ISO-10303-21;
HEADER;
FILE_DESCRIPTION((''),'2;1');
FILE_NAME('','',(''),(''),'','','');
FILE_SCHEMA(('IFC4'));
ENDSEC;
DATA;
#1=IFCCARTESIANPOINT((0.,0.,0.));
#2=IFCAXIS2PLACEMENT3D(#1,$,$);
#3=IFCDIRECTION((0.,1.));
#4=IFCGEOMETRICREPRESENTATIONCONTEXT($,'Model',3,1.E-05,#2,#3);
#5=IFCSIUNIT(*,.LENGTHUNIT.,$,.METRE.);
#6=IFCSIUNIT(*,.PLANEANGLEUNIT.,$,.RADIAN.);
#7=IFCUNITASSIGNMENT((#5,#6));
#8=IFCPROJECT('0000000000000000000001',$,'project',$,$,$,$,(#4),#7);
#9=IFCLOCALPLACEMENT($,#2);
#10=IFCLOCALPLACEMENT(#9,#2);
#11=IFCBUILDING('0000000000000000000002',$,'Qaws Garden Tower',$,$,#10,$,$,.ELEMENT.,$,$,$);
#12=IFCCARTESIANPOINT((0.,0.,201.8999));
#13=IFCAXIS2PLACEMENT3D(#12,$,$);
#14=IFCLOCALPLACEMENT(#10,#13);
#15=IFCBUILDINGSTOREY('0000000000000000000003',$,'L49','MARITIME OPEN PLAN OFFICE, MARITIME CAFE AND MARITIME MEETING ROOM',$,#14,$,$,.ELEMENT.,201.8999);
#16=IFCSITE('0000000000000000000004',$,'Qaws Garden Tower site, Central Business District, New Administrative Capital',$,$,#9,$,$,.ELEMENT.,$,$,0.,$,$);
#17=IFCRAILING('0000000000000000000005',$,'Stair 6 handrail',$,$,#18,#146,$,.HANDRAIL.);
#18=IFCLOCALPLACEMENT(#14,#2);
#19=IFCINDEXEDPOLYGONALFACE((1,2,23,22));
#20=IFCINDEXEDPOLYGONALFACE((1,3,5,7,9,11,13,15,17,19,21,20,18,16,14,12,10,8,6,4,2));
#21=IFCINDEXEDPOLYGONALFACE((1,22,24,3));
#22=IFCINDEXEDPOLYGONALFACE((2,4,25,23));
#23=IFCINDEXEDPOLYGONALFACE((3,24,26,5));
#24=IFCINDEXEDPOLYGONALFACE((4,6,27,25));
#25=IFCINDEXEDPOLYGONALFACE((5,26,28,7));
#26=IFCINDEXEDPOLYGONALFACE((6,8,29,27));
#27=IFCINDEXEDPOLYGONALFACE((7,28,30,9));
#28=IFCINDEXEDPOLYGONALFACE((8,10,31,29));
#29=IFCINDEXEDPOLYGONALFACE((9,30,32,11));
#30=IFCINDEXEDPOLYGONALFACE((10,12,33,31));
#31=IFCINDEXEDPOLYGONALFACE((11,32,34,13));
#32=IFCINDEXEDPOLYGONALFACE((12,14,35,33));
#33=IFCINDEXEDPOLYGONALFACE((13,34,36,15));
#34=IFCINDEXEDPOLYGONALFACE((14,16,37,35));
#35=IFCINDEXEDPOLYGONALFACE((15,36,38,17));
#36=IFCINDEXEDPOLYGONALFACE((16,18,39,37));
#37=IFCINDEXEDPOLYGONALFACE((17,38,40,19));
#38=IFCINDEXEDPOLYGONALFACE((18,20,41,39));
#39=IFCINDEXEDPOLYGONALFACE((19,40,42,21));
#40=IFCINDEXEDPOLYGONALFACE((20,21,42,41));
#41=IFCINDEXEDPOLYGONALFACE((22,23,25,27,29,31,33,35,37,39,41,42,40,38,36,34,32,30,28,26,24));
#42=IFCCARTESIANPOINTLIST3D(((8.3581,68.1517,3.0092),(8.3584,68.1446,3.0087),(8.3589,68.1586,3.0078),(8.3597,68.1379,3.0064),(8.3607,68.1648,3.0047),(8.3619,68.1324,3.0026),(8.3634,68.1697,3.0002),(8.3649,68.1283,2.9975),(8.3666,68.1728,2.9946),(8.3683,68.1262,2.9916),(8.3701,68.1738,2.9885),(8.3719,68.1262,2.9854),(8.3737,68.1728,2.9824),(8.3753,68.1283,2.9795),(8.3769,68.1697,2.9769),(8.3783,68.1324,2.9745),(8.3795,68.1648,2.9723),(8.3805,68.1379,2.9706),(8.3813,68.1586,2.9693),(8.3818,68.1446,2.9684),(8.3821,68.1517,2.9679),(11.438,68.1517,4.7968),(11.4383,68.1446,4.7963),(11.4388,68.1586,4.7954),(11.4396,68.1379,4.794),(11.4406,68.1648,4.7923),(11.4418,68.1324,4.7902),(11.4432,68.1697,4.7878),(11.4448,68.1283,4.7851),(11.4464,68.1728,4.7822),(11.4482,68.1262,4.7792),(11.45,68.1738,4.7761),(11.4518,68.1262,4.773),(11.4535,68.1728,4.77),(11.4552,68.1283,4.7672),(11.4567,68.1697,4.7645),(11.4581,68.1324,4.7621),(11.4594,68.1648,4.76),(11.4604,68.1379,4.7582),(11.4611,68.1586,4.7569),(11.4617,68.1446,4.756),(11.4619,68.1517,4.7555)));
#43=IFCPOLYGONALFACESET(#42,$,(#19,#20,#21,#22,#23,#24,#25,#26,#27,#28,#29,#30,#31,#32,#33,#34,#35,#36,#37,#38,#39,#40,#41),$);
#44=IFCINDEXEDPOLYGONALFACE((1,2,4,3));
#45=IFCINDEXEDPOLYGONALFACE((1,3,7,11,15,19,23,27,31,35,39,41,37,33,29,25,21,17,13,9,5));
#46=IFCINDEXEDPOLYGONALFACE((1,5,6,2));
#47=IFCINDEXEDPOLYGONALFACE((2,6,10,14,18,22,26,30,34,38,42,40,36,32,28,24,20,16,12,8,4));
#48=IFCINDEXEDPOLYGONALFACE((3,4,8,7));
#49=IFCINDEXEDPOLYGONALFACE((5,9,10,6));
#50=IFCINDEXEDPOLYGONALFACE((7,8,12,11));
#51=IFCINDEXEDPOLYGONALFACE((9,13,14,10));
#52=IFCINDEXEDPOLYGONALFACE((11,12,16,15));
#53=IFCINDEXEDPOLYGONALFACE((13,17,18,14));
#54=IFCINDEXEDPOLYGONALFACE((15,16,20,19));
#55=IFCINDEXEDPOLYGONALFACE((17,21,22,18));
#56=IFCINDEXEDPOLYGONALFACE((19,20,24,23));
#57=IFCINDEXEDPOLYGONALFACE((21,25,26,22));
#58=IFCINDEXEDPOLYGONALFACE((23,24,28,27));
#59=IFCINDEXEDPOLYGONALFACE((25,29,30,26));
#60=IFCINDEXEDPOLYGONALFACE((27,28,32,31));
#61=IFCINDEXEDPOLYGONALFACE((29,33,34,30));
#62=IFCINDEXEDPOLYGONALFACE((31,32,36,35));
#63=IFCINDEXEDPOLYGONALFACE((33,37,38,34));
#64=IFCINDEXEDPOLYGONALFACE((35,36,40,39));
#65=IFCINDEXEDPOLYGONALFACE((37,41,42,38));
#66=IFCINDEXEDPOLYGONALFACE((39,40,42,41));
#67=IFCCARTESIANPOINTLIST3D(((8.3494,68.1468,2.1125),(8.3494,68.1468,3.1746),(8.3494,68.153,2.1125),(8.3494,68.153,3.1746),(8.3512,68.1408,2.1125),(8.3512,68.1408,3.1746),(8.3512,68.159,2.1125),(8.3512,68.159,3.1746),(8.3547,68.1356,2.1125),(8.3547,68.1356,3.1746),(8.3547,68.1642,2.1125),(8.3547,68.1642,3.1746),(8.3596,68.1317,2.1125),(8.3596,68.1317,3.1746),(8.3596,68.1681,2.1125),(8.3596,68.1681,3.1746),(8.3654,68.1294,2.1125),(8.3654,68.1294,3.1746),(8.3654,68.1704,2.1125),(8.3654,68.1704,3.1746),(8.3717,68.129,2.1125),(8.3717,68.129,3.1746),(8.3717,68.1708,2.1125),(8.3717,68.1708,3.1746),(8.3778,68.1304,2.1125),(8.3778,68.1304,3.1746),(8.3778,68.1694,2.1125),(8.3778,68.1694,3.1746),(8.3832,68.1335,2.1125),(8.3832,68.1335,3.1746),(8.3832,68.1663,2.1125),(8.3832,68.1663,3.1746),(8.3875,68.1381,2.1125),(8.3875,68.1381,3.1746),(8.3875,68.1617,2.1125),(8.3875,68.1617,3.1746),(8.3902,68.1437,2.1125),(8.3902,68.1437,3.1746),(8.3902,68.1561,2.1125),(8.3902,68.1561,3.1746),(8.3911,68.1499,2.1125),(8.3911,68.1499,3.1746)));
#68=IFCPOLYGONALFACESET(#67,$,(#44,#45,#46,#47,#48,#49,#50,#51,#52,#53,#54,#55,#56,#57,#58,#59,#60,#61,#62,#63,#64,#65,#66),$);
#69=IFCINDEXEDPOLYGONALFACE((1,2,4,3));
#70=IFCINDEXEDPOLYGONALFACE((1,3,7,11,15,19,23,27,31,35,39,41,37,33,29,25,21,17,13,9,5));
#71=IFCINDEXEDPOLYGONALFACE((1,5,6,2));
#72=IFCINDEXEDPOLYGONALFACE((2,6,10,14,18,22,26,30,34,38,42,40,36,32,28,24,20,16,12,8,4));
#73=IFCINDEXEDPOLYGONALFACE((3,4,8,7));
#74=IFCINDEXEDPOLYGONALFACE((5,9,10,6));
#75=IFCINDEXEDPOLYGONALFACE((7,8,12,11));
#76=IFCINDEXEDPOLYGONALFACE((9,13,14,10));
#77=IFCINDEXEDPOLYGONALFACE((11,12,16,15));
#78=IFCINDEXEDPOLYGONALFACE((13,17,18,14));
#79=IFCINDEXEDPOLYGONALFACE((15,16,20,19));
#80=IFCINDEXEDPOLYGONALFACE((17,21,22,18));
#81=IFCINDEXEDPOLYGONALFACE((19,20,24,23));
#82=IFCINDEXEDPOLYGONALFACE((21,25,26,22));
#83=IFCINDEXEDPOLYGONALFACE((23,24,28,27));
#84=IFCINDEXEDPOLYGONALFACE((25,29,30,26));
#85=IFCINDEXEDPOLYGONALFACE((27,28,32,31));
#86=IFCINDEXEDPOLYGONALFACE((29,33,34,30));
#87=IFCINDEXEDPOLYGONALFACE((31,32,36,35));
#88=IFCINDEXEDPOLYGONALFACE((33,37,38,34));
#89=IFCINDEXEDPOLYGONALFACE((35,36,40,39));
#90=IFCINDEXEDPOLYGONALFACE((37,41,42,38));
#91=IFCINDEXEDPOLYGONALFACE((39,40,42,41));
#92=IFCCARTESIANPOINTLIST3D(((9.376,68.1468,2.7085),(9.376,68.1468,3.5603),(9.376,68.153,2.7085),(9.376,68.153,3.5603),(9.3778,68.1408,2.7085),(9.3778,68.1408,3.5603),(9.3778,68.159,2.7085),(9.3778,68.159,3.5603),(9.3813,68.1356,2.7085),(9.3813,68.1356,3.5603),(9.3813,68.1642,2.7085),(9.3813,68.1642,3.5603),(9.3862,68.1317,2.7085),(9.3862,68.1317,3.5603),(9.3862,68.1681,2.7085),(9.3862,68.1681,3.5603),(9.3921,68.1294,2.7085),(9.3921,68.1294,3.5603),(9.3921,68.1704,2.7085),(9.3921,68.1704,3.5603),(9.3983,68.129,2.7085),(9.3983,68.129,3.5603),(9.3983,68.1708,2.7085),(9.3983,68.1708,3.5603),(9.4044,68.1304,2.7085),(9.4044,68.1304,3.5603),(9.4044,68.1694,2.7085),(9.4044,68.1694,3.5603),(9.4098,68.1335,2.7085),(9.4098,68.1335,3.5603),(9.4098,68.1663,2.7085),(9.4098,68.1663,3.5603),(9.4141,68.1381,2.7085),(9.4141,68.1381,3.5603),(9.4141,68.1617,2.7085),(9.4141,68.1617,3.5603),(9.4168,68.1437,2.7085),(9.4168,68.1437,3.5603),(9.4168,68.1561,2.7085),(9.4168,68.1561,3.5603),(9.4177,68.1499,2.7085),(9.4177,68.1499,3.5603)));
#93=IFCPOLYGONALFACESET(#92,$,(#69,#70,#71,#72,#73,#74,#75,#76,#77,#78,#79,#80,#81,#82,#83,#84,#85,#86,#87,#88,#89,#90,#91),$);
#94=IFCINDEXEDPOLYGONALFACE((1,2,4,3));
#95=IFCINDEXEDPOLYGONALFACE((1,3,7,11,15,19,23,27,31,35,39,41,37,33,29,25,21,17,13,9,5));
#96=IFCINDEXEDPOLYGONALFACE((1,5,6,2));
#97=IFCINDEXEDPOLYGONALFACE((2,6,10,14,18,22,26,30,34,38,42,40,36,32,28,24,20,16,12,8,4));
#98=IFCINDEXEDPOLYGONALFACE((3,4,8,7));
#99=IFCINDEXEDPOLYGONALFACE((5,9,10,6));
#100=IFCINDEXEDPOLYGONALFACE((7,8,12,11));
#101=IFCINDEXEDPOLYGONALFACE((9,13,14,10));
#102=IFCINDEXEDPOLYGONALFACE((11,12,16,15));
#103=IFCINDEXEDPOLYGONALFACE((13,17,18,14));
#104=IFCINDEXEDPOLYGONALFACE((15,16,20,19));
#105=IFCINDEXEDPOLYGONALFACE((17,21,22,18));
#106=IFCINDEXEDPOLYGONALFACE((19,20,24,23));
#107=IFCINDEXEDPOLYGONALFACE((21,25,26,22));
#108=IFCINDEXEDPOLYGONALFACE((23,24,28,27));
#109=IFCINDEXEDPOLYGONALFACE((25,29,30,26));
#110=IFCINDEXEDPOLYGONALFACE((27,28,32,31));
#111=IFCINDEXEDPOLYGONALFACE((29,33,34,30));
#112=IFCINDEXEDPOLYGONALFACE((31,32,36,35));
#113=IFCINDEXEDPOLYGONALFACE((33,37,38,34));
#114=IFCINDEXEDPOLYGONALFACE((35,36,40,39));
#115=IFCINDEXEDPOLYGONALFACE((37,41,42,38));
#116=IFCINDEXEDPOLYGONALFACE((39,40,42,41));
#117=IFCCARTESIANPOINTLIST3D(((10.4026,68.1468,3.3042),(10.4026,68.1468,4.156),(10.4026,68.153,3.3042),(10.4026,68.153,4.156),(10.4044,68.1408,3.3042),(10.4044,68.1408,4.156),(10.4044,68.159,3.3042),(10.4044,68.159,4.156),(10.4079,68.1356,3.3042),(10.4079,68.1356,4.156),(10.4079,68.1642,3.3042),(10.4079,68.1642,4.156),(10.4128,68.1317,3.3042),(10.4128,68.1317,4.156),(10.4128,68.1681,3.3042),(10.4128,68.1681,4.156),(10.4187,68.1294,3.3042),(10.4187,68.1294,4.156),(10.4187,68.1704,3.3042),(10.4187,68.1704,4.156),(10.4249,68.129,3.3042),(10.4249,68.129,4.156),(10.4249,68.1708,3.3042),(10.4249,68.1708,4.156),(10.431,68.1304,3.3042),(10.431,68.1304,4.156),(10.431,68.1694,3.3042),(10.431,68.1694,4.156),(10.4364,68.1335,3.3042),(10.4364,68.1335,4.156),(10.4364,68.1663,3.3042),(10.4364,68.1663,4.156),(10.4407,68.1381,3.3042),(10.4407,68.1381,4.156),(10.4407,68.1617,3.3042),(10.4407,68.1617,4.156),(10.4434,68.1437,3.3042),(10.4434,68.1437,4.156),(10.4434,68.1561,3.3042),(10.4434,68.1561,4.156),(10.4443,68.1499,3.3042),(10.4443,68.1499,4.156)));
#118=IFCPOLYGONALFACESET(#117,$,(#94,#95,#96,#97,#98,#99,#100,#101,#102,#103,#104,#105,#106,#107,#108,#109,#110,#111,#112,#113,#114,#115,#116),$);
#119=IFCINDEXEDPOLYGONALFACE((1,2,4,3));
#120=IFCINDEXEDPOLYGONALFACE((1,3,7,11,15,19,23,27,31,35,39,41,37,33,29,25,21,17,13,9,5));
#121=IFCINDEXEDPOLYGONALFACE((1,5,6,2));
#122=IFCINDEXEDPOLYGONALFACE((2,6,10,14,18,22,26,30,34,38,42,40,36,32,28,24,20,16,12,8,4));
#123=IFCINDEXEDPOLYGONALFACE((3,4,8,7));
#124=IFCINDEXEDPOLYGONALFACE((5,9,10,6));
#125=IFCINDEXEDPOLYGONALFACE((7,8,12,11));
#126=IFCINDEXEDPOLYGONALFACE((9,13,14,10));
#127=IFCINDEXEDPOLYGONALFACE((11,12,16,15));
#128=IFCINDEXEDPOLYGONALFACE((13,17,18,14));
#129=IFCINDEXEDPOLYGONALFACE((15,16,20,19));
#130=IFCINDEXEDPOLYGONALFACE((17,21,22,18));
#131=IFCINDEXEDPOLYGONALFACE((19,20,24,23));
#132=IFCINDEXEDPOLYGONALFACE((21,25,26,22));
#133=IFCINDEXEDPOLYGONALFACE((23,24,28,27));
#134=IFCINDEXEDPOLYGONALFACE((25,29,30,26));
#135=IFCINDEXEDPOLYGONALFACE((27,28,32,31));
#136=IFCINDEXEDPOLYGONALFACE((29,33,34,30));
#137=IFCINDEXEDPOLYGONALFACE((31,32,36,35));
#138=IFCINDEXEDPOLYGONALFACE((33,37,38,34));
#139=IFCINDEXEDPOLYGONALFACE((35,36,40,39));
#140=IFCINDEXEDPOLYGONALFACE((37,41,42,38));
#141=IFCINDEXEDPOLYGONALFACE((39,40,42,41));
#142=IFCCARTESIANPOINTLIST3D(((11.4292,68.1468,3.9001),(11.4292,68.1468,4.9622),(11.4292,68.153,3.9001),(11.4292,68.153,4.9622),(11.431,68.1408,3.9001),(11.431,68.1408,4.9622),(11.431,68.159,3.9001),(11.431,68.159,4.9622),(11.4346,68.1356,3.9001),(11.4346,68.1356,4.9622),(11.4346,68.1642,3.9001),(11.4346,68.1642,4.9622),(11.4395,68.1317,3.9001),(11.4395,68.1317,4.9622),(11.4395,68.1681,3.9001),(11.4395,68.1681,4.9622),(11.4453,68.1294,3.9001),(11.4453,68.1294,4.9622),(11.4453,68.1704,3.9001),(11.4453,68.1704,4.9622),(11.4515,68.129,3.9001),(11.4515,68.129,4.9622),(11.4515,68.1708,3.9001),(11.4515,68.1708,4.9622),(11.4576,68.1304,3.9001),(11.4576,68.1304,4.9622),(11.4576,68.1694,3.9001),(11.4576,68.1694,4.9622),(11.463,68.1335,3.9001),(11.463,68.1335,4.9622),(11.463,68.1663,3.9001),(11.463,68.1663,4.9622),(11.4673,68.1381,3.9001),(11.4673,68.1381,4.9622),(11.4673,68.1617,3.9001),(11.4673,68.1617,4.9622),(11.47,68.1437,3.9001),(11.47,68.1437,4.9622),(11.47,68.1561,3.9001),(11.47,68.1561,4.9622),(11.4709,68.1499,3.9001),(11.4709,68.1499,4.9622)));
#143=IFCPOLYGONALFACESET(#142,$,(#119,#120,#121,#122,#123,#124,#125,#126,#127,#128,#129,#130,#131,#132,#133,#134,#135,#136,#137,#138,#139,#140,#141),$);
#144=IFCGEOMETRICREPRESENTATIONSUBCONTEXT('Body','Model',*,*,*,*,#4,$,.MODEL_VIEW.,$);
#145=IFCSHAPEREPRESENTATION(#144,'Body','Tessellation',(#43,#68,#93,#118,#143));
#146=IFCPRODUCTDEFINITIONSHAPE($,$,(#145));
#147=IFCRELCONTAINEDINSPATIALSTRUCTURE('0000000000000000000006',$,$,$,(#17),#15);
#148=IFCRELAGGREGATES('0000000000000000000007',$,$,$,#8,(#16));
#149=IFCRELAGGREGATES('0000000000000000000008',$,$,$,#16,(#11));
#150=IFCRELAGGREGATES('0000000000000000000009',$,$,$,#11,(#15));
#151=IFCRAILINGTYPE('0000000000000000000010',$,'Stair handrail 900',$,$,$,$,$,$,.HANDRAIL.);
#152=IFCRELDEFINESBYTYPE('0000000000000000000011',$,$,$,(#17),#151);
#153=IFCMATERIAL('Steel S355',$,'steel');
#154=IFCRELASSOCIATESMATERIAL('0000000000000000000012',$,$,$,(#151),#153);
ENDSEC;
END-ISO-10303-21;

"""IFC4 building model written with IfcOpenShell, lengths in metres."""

from ifc_helpers import new_model, si_unit, direction, frame, origin, origin_2d, place, context, subcontext, project, spatial, circle, extrude, material, type_object, element, save


model = new_model("IFC4")

# Units and contexts
model_context = context("Model", 3, precision=1e-05, world=origin(), true_north=direction((0.0, 1.0)))
body_context = subcontext(model_context, "Body", "Model", "MODEL_VIEW")
ifc_project = project(units=[si_unit("LENGTHUNIT", "METRE"), si_unit("PLANEANGLEUNIT", "RADIAN")], contexts=[model_context])

# Site, building, storey
site_placement = place(None, origin())
site = spatial("IfcSite", under=ifc_project, at=site_placement, Name="Qaws Garden Tower site, Central Business District, New Administrative Capital", CompositionType="ELEMENT", RefElevation=0.0)
building_placement = place(site_placement, origin())
building = spatial("IfcBuilding", under=site, at=building_placement, Name="Qaws Garden Tower", CompositionType="ELEMENT")
storey_placement = place(building_placement, frame((0.0, 0.0, 201.8999)))
storey = spatial("IfcBuildingStorey", under=building, at=storey_placement, Name="L49", Description="MARITIME OPEN PLAN OFFICE, MARITIME CAFE AND MARITIME MEETING ROOM", CompositionType="ELEMENT", Elevation=201.8999)

# Railing
ifc_material_1 = material(Name="Steel S355", Category="steel")
railing_type = type_object("IfcRailingType", Name="Stair handrail 900", PredefinedType="HANDRAIL", material=ifc_material_1)
railing_1_placement = place(storey_placement, frame((8.3701, 68.1499, 2.1125)))
element("IfcRailing", 1, at=railing_1_placement, inside=storey, type_object=railing_type, Name="Stair 6 handrail", PredefinedType="HANDRAIL", context=body_context, shape_type="SweptSolid", body=[
    extrude(circle(Radius=0.0239, at=origin_2d()), frame((0.0, 0.0, 0.876), z_axis=(0.864873, 0.0, 0.50199), x_axis=(0.0, 1.0, 0.0)), (0.0, 0.0, 1.0), 3.561),
    extrude(circle(Radius=0.021, at=origin_2d()), origin(), (0.0, 0.0, 1.0), 1.062),
    extrude(circle(Radius=0.021, at=origin_2d()), frame((1.0266, 0.0, 0.5959)), (0.0, 0.0, 1.0), 0.8518),
    extrude(circle(Radius=0.021, at=origin_2d()), frame((2.0532, 0.0, 1.1917)), (0.0, 0.0, 1.0), 0.8518),
    extrude(circle(Radius=0.021, at=origin_2d()), frame((3.0798, 0.0, 1.7876)), (0.0, 0.0, 1.0), 1.062),
])

save(model, "model.ifc")
